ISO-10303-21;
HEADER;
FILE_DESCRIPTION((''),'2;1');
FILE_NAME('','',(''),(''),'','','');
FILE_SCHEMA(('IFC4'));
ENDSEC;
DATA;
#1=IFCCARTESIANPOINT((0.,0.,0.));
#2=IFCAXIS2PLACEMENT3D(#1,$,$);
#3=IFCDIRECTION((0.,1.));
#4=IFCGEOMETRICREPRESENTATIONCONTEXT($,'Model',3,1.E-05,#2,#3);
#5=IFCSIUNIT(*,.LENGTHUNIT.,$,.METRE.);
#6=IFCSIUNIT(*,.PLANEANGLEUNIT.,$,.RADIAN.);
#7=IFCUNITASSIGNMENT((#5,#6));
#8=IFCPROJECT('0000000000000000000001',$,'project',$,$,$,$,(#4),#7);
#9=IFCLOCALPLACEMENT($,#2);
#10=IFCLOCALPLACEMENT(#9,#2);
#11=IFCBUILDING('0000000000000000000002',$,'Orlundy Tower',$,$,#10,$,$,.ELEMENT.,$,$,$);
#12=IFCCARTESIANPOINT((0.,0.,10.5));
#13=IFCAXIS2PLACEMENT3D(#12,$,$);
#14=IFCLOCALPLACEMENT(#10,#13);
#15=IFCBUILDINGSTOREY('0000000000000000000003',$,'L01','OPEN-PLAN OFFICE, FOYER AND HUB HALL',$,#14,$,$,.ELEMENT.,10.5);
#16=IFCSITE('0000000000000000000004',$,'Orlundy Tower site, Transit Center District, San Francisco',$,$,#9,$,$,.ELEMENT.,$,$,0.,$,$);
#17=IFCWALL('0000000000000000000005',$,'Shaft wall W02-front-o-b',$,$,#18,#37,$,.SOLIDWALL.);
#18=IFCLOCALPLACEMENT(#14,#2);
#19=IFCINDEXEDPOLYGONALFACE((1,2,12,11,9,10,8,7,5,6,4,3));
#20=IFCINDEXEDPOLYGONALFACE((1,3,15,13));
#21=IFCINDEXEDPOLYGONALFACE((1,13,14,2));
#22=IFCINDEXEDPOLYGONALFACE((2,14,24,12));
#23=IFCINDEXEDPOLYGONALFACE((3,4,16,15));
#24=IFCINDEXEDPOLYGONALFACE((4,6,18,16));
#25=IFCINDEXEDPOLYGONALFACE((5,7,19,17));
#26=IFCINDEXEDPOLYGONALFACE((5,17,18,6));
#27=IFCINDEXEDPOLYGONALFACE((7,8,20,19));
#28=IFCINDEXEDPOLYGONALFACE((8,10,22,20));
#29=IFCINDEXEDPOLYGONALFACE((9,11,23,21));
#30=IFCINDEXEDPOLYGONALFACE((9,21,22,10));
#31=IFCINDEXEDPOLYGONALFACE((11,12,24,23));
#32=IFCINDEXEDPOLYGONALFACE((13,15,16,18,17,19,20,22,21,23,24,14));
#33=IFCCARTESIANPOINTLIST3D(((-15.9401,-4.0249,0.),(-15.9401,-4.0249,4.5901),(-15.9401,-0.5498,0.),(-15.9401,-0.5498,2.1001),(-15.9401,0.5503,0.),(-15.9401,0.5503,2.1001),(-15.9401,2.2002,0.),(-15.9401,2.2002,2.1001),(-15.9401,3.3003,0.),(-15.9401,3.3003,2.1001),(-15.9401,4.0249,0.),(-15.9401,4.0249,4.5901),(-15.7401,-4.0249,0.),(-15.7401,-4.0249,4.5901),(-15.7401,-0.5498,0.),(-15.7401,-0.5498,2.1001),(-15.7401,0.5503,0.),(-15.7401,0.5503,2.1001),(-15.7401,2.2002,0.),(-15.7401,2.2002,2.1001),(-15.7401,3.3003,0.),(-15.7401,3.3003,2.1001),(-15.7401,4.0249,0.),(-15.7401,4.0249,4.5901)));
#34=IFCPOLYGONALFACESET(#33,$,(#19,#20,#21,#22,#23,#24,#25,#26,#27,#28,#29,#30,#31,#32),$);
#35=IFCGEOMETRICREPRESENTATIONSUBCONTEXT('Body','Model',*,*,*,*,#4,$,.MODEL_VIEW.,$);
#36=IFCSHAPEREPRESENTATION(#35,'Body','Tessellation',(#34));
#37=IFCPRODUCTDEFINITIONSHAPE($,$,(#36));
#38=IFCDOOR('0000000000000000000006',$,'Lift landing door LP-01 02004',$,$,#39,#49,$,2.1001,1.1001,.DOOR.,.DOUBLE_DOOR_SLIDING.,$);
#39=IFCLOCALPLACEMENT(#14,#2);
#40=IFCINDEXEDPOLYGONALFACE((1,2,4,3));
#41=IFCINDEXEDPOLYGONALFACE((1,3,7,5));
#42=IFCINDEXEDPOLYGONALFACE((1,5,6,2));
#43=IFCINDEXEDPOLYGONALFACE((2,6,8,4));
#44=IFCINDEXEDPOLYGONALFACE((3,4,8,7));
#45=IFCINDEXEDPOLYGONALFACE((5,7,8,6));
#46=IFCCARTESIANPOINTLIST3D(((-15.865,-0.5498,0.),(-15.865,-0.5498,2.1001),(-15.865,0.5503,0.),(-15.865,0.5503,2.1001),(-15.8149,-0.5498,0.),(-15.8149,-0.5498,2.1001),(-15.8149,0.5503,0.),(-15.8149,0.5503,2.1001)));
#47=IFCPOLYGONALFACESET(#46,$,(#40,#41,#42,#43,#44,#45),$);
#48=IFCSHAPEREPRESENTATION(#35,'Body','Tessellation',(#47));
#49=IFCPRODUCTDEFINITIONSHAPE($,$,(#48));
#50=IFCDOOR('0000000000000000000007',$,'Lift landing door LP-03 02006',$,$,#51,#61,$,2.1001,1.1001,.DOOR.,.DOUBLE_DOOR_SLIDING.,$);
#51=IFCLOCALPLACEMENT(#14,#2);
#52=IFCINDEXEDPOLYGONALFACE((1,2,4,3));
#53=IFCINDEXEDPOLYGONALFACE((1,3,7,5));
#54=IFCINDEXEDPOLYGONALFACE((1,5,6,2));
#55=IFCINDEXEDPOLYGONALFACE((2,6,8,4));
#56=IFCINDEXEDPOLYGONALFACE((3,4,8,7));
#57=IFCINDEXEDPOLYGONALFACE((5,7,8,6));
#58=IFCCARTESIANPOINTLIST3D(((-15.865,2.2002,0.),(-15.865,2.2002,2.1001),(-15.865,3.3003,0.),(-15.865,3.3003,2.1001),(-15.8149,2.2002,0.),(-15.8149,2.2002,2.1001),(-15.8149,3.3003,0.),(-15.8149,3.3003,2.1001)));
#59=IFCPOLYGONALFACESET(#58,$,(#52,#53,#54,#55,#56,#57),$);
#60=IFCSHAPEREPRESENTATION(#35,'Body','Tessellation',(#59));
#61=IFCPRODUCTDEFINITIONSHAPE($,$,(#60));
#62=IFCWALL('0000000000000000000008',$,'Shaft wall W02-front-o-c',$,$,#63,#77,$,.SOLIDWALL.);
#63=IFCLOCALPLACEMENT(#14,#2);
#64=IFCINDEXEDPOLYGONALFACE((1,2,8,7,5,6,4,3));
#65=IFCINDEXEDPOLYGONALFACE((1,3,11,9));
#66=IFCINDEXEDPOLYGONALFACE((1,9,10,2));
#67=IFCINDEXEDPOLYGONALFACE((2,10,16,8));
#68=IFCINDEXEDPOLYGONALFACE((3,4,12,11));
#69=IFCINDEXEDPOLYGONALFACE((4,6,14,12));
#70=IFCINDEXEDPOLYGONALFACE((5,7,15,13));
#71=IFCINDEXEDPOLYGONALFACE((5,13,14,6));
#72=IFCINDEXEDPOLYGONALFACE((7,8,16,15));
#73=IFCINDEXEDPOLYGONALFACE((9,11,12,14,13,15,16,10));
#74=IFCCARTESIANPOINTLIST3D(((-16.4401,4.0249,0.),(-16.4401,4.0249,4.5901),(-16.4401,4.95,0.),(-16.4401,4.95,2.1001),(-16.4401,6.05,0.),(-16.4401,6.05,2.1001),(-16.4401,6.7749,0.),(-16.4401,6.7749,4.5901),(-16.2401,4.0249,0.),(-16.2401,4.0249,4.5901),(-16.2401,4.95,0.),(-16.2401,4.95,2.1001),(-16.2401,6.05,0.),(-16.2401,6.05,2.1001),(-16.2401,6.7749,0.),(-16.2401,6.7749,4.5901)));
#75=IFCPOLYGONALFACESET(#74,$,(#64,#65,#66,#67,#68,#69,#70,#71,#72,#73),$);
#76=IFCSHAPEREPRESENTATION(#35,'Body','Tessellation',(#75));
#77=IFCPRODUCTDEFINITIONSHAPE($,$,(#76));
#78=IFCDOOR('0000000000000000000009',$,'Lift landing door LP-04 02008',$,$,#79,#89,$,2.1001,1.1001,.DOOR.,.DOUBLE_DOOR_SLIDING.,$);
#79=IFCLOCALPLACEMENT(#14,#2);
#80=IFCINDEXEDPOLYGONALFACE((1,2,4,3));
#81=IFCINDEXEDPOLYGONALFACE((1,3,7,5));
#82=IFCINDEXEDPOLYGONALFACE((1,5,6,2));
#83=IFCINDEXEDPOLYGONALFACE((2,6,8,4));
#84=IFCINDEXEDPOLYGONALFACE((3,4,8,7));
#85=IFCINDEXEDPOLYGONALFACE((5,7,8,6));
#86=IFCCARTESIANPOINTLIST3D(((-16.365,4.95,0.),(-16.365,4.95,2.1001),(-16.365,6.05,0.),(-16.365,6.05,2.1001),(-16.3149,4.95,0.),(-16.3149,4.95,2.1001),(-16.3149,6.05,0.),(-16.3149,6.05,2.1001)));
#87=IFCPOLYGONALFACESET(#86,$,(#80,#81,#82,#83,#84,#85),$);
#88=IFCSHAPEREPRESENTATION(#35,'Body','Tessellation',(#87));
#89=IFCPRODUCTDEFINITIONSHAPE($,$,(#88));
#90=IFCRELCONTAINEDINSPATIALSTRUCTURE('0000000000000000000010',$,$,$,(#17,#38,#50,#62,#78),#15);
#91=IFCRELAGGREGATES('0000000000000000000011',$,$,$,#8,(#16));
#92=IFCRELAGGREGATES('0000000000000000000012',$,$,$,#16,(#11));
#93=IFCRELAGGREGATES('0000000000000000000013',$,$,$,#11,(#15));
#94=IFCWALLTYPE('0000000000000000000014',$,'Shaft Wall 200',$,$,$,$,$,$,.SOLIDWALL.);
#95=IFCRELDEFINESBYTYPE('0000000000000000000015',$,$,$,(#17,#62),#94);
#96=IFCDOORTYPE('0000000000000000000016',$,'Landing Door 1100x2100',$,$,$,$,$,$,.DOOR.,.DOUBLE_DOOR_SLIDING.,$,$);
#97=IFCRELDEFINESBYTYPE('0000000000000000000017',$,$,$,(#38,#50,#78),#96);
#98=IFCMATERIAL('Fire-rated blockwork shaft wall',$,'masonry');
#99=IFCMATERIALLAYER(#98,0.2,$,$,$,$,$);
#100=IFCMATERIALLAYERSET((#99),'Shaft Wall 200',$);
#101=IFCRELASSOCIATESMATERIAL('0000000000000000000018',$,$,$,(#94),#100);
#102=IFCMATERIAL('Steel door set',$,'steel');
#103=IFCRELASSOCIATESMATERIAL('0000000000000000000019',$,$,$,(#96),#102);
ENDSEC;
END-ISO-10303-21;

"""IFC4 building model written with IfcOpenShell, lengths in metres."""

from ifc_helpers import new_model, si_unit, direction, frame, frame_2d, origin, place, context, subcontext, project, spatial, rectangle, extrude, material, layer, layer_set, type_object, element, fill, save


model = new_model("IFC4")

# Units and contexts
model_context = context("Model", 3, precision=1e-05, world=origin(), true_north=direction((0.0, 1.0)))
body_context = subcontext(model_context, "Body", "Model", "MODEL_VIEW")
ifc_project = project(units=[si_unit("LENGTHUNIT", "METRE"), si_unit("PLANEANGLEUNIT", "RADIAN")], contexts=[model_context])

# Site, building, storey
site_placement = place(None, origin())
site = spatial("IfcSite", under=ifc_project, at=site_placement, Name="Orlundy Tower site, Transit Center District, San Francisco", CompositionType="ELEMENT", RefElevation=0.0)
building_placement = place(site_placement, origin())
building = spatial("IfcBuilding", under=site, at=building_placement, Name="Orlundy Tower", CompositionType="ELEMENT")
storey_placement = place(building_placement, frame((0.0, 0.0, 10.5)))
storey = spatial("IfcBuildingStorey", under=building, at=storey_placement, Name="L01", Description="OPEN-PLAN OFFICE, FOYER AND HUB HALL", CompositionType="ELEMENT", Elevation=10.5)

# Shared definitions
ifc_material_1 = material(Name="Fire-rated blockwork shaft wall", Category="masonry")
ifc_layer_1 = layer(ifc_material_1, 0.2)
ifc_layer_set_1 = layer_set([ifc_layer_1], Name="Shaft Wall 200")
wall_type_1 = type_object("IfcWallType", Name="Shaft Wall 200", PredefinedType="SOLIDWALL", material=ifc_layer_set_1)

# Shared definitions
ifc_material_2 = material(Name="Steel door set", Category="steel")
door_type_1 = type_object("IfcDoorType", Name="Landing Door 1100x2100", OperationType="DOUBLE_DOOR_SLIDING", PredefinedType="DOOR", material=ifc_material_2)

# Wall, openings, doors
wall_1_placement = place(storey_placement, frame((-15.8401, -4.0249, 0.0), z_axis=(0.0, 0.0, 1.0), x_axis=(0.0, 1.0, 0.0)))
wall_1 = element("IfcWall", 1, at=wall_1_placement, inside=storey, type_object=wall_type_1, Name="Shaft wall W02-front-o-b", PredefinedType="SOLIDWALL", context=body_context, shape_type="SweptSolid", body=[
    extrude(rectangle(XDim=8.0498, YDim=0.2, at=frame_2d((4.0249, 0.0))), origin(), (0.0, 0.0, 1.0), 4.5901),
])
opening_1_placement = place(wall_1_placement, frame((3.4751, 0.0, 0.0)))
opening_1 = element("IfcOpeningElement", 2, at=opening_1_placement, cuts=wall_1, PredefinedType="OPENING", context=body_context, shape_type="SweptSolid", body=[
    extrude(rectangle(XDim=1.1001, YDim=2.1001, at=frame_2d((0.55, 1.05))), frame((0.0, 0.1101, 0.0), z_axis=(0.0, -1.0, 0.0), x_axis=(1.0, 0.0, 0.0)), (0.0, 0.0, 1.0), 0.2202),
])
opening_2_placement = place(wall_1_placement, frame((6.2251, 0.0, 0.0)))
opening_2 = element("IfcOpeningElement", 3, at=opening_2_placement, cuts=wall_1, PredefinedType="OPENING", context=body_context, shape_type="SweptSolid", body=[
    extrude(rectangle(XDim=1.1001, YDim=2.1001, at=frame_2d((0.55, 1.05))), frame((0.0, 0.1101, 0.0), z_axis=(0.0, -1.0, 0.0), x_axis=(1.0, 0.0, 0.0)), (0.0, 0.0, 1.0), 0.2202),
])
door_1_placement = place(opening_1_placement, origin())
door_1 = element("IfcDoor", 4, at=door_1_placement, inside=storey, type_object=door_type_1, Name="Lift landing door LP-01 02004", OperationType="DOUBLE_DOOR_SLIDING", OverallHeight=2.1001, OverallWidth=1.1001, PredefinedType="DOOR", context=body_context, shape_type="SweptSolid", body=[
    extrude(rectangle(XDim=1.1001, YDim=2.1001, at=frame_2d((0.55, 1.05))), frame((0.0, 0.0249, 0.0), z_axis=(0.0, -1.0, 0.0), x_axis=(1.0, 0.0, 0.0)), (0.0, 0.0, 1.0), 0.05),
])
fill(opening_1, door_1)
door_2_placement = place(opening_2_placement, origin())
door_2 = element("IfcDoor", 5, at=door_2_placement, inside=storey, type_object=door_type_1, Name="Lift landing door LP-03 02006", OperationType="DOUBLE_DOOR_SLIDING", OverallHeight=2.1001, OverallWidth=1.1001, PredefinedType="DOOR", context=body_context, shape_type="SweptSolid", body=[
    extrude(rectangle(XDim=1.1001, YDim=2.1001, at=frame_2d((0.55, 1.05))), frame((0.0, 0.0249, 0.0), z_axis=(0.0, -1.0, 0.0), x_axis=(1.0, 0.0, 0.0)), (0.0, 0.0, 1.0), 0.05),
])
fill(opening_2, door_2)

# Wall, opening, door
wall_2_placement = place(storey_placement, frame((-16.3401, 4.0249, 0.0), z_axis=(0.0, 0.0, 1.0), x_axis=(0.0, 1.0, 0.0)))
wall_2 = element("IfcWall", 6, at=wall_2_placement, inside=storey, type_object=wall_type_1, Name="Shaft wall W02-front-o-c", PredefinedType="SOLIDWALL", context=body_context, shape_type="SweptSolid", body=[
    extrude(rectangle(XDim=2.75, YDim=0.2, at=frame_2d((1.375, 0.0))), origin(), (0.0, 0.0, 1.0), 4.5901),
])
opening_3_placement = place(wall_2_placement, frame((0.925, 0.0, 0.0)))
opening_3 = element("IfcOpeningElement", 7, at=opening_3_placement, cuts=wall_2, PredefinedType="OPENING", context=body_context, shape_type="SweptSolid", body=[
    extrude(rectangle(XDim=1.1001, YDim=2.1001, at=frame_2d((0.55, 1.05))), frame((0.0, 0.1101, 0.0), z_axis=(0.0, -1.0, 0.0), x_axis=(1.0, 0.0, 0.0)), (0.0, 0.0, 1.0), 0.2202),
])
door_3_placement = place(opening_3_placement, origin())
door_3 = element("IfcDoor", 8, at=door_3_placement, inside=storey, type_object=door_type_1, Name="Lift landing door LP-04 02008", OperationType="DOUBLE_DOOR_SLIDING", OverallHeight=2.1001, OverallWidth=1.1001, PredefinedType="DOOR", context=body_context, shape_type="SweptSolid", body=[
    extrude(rectangle(XDim=1.1001, YDim=2.1001, at=frame_2d((0.55, 1.05))), frame((0.0, 0.0249, 0.0), z_axis=(0.0, -1.0, 0.0), x_axis=(1.0, 0.0, 0.0)), (0.0, 0.0, 1.0), 0.05),
])
fill(opening_3, door_3)

save(model, "model.ifc")
